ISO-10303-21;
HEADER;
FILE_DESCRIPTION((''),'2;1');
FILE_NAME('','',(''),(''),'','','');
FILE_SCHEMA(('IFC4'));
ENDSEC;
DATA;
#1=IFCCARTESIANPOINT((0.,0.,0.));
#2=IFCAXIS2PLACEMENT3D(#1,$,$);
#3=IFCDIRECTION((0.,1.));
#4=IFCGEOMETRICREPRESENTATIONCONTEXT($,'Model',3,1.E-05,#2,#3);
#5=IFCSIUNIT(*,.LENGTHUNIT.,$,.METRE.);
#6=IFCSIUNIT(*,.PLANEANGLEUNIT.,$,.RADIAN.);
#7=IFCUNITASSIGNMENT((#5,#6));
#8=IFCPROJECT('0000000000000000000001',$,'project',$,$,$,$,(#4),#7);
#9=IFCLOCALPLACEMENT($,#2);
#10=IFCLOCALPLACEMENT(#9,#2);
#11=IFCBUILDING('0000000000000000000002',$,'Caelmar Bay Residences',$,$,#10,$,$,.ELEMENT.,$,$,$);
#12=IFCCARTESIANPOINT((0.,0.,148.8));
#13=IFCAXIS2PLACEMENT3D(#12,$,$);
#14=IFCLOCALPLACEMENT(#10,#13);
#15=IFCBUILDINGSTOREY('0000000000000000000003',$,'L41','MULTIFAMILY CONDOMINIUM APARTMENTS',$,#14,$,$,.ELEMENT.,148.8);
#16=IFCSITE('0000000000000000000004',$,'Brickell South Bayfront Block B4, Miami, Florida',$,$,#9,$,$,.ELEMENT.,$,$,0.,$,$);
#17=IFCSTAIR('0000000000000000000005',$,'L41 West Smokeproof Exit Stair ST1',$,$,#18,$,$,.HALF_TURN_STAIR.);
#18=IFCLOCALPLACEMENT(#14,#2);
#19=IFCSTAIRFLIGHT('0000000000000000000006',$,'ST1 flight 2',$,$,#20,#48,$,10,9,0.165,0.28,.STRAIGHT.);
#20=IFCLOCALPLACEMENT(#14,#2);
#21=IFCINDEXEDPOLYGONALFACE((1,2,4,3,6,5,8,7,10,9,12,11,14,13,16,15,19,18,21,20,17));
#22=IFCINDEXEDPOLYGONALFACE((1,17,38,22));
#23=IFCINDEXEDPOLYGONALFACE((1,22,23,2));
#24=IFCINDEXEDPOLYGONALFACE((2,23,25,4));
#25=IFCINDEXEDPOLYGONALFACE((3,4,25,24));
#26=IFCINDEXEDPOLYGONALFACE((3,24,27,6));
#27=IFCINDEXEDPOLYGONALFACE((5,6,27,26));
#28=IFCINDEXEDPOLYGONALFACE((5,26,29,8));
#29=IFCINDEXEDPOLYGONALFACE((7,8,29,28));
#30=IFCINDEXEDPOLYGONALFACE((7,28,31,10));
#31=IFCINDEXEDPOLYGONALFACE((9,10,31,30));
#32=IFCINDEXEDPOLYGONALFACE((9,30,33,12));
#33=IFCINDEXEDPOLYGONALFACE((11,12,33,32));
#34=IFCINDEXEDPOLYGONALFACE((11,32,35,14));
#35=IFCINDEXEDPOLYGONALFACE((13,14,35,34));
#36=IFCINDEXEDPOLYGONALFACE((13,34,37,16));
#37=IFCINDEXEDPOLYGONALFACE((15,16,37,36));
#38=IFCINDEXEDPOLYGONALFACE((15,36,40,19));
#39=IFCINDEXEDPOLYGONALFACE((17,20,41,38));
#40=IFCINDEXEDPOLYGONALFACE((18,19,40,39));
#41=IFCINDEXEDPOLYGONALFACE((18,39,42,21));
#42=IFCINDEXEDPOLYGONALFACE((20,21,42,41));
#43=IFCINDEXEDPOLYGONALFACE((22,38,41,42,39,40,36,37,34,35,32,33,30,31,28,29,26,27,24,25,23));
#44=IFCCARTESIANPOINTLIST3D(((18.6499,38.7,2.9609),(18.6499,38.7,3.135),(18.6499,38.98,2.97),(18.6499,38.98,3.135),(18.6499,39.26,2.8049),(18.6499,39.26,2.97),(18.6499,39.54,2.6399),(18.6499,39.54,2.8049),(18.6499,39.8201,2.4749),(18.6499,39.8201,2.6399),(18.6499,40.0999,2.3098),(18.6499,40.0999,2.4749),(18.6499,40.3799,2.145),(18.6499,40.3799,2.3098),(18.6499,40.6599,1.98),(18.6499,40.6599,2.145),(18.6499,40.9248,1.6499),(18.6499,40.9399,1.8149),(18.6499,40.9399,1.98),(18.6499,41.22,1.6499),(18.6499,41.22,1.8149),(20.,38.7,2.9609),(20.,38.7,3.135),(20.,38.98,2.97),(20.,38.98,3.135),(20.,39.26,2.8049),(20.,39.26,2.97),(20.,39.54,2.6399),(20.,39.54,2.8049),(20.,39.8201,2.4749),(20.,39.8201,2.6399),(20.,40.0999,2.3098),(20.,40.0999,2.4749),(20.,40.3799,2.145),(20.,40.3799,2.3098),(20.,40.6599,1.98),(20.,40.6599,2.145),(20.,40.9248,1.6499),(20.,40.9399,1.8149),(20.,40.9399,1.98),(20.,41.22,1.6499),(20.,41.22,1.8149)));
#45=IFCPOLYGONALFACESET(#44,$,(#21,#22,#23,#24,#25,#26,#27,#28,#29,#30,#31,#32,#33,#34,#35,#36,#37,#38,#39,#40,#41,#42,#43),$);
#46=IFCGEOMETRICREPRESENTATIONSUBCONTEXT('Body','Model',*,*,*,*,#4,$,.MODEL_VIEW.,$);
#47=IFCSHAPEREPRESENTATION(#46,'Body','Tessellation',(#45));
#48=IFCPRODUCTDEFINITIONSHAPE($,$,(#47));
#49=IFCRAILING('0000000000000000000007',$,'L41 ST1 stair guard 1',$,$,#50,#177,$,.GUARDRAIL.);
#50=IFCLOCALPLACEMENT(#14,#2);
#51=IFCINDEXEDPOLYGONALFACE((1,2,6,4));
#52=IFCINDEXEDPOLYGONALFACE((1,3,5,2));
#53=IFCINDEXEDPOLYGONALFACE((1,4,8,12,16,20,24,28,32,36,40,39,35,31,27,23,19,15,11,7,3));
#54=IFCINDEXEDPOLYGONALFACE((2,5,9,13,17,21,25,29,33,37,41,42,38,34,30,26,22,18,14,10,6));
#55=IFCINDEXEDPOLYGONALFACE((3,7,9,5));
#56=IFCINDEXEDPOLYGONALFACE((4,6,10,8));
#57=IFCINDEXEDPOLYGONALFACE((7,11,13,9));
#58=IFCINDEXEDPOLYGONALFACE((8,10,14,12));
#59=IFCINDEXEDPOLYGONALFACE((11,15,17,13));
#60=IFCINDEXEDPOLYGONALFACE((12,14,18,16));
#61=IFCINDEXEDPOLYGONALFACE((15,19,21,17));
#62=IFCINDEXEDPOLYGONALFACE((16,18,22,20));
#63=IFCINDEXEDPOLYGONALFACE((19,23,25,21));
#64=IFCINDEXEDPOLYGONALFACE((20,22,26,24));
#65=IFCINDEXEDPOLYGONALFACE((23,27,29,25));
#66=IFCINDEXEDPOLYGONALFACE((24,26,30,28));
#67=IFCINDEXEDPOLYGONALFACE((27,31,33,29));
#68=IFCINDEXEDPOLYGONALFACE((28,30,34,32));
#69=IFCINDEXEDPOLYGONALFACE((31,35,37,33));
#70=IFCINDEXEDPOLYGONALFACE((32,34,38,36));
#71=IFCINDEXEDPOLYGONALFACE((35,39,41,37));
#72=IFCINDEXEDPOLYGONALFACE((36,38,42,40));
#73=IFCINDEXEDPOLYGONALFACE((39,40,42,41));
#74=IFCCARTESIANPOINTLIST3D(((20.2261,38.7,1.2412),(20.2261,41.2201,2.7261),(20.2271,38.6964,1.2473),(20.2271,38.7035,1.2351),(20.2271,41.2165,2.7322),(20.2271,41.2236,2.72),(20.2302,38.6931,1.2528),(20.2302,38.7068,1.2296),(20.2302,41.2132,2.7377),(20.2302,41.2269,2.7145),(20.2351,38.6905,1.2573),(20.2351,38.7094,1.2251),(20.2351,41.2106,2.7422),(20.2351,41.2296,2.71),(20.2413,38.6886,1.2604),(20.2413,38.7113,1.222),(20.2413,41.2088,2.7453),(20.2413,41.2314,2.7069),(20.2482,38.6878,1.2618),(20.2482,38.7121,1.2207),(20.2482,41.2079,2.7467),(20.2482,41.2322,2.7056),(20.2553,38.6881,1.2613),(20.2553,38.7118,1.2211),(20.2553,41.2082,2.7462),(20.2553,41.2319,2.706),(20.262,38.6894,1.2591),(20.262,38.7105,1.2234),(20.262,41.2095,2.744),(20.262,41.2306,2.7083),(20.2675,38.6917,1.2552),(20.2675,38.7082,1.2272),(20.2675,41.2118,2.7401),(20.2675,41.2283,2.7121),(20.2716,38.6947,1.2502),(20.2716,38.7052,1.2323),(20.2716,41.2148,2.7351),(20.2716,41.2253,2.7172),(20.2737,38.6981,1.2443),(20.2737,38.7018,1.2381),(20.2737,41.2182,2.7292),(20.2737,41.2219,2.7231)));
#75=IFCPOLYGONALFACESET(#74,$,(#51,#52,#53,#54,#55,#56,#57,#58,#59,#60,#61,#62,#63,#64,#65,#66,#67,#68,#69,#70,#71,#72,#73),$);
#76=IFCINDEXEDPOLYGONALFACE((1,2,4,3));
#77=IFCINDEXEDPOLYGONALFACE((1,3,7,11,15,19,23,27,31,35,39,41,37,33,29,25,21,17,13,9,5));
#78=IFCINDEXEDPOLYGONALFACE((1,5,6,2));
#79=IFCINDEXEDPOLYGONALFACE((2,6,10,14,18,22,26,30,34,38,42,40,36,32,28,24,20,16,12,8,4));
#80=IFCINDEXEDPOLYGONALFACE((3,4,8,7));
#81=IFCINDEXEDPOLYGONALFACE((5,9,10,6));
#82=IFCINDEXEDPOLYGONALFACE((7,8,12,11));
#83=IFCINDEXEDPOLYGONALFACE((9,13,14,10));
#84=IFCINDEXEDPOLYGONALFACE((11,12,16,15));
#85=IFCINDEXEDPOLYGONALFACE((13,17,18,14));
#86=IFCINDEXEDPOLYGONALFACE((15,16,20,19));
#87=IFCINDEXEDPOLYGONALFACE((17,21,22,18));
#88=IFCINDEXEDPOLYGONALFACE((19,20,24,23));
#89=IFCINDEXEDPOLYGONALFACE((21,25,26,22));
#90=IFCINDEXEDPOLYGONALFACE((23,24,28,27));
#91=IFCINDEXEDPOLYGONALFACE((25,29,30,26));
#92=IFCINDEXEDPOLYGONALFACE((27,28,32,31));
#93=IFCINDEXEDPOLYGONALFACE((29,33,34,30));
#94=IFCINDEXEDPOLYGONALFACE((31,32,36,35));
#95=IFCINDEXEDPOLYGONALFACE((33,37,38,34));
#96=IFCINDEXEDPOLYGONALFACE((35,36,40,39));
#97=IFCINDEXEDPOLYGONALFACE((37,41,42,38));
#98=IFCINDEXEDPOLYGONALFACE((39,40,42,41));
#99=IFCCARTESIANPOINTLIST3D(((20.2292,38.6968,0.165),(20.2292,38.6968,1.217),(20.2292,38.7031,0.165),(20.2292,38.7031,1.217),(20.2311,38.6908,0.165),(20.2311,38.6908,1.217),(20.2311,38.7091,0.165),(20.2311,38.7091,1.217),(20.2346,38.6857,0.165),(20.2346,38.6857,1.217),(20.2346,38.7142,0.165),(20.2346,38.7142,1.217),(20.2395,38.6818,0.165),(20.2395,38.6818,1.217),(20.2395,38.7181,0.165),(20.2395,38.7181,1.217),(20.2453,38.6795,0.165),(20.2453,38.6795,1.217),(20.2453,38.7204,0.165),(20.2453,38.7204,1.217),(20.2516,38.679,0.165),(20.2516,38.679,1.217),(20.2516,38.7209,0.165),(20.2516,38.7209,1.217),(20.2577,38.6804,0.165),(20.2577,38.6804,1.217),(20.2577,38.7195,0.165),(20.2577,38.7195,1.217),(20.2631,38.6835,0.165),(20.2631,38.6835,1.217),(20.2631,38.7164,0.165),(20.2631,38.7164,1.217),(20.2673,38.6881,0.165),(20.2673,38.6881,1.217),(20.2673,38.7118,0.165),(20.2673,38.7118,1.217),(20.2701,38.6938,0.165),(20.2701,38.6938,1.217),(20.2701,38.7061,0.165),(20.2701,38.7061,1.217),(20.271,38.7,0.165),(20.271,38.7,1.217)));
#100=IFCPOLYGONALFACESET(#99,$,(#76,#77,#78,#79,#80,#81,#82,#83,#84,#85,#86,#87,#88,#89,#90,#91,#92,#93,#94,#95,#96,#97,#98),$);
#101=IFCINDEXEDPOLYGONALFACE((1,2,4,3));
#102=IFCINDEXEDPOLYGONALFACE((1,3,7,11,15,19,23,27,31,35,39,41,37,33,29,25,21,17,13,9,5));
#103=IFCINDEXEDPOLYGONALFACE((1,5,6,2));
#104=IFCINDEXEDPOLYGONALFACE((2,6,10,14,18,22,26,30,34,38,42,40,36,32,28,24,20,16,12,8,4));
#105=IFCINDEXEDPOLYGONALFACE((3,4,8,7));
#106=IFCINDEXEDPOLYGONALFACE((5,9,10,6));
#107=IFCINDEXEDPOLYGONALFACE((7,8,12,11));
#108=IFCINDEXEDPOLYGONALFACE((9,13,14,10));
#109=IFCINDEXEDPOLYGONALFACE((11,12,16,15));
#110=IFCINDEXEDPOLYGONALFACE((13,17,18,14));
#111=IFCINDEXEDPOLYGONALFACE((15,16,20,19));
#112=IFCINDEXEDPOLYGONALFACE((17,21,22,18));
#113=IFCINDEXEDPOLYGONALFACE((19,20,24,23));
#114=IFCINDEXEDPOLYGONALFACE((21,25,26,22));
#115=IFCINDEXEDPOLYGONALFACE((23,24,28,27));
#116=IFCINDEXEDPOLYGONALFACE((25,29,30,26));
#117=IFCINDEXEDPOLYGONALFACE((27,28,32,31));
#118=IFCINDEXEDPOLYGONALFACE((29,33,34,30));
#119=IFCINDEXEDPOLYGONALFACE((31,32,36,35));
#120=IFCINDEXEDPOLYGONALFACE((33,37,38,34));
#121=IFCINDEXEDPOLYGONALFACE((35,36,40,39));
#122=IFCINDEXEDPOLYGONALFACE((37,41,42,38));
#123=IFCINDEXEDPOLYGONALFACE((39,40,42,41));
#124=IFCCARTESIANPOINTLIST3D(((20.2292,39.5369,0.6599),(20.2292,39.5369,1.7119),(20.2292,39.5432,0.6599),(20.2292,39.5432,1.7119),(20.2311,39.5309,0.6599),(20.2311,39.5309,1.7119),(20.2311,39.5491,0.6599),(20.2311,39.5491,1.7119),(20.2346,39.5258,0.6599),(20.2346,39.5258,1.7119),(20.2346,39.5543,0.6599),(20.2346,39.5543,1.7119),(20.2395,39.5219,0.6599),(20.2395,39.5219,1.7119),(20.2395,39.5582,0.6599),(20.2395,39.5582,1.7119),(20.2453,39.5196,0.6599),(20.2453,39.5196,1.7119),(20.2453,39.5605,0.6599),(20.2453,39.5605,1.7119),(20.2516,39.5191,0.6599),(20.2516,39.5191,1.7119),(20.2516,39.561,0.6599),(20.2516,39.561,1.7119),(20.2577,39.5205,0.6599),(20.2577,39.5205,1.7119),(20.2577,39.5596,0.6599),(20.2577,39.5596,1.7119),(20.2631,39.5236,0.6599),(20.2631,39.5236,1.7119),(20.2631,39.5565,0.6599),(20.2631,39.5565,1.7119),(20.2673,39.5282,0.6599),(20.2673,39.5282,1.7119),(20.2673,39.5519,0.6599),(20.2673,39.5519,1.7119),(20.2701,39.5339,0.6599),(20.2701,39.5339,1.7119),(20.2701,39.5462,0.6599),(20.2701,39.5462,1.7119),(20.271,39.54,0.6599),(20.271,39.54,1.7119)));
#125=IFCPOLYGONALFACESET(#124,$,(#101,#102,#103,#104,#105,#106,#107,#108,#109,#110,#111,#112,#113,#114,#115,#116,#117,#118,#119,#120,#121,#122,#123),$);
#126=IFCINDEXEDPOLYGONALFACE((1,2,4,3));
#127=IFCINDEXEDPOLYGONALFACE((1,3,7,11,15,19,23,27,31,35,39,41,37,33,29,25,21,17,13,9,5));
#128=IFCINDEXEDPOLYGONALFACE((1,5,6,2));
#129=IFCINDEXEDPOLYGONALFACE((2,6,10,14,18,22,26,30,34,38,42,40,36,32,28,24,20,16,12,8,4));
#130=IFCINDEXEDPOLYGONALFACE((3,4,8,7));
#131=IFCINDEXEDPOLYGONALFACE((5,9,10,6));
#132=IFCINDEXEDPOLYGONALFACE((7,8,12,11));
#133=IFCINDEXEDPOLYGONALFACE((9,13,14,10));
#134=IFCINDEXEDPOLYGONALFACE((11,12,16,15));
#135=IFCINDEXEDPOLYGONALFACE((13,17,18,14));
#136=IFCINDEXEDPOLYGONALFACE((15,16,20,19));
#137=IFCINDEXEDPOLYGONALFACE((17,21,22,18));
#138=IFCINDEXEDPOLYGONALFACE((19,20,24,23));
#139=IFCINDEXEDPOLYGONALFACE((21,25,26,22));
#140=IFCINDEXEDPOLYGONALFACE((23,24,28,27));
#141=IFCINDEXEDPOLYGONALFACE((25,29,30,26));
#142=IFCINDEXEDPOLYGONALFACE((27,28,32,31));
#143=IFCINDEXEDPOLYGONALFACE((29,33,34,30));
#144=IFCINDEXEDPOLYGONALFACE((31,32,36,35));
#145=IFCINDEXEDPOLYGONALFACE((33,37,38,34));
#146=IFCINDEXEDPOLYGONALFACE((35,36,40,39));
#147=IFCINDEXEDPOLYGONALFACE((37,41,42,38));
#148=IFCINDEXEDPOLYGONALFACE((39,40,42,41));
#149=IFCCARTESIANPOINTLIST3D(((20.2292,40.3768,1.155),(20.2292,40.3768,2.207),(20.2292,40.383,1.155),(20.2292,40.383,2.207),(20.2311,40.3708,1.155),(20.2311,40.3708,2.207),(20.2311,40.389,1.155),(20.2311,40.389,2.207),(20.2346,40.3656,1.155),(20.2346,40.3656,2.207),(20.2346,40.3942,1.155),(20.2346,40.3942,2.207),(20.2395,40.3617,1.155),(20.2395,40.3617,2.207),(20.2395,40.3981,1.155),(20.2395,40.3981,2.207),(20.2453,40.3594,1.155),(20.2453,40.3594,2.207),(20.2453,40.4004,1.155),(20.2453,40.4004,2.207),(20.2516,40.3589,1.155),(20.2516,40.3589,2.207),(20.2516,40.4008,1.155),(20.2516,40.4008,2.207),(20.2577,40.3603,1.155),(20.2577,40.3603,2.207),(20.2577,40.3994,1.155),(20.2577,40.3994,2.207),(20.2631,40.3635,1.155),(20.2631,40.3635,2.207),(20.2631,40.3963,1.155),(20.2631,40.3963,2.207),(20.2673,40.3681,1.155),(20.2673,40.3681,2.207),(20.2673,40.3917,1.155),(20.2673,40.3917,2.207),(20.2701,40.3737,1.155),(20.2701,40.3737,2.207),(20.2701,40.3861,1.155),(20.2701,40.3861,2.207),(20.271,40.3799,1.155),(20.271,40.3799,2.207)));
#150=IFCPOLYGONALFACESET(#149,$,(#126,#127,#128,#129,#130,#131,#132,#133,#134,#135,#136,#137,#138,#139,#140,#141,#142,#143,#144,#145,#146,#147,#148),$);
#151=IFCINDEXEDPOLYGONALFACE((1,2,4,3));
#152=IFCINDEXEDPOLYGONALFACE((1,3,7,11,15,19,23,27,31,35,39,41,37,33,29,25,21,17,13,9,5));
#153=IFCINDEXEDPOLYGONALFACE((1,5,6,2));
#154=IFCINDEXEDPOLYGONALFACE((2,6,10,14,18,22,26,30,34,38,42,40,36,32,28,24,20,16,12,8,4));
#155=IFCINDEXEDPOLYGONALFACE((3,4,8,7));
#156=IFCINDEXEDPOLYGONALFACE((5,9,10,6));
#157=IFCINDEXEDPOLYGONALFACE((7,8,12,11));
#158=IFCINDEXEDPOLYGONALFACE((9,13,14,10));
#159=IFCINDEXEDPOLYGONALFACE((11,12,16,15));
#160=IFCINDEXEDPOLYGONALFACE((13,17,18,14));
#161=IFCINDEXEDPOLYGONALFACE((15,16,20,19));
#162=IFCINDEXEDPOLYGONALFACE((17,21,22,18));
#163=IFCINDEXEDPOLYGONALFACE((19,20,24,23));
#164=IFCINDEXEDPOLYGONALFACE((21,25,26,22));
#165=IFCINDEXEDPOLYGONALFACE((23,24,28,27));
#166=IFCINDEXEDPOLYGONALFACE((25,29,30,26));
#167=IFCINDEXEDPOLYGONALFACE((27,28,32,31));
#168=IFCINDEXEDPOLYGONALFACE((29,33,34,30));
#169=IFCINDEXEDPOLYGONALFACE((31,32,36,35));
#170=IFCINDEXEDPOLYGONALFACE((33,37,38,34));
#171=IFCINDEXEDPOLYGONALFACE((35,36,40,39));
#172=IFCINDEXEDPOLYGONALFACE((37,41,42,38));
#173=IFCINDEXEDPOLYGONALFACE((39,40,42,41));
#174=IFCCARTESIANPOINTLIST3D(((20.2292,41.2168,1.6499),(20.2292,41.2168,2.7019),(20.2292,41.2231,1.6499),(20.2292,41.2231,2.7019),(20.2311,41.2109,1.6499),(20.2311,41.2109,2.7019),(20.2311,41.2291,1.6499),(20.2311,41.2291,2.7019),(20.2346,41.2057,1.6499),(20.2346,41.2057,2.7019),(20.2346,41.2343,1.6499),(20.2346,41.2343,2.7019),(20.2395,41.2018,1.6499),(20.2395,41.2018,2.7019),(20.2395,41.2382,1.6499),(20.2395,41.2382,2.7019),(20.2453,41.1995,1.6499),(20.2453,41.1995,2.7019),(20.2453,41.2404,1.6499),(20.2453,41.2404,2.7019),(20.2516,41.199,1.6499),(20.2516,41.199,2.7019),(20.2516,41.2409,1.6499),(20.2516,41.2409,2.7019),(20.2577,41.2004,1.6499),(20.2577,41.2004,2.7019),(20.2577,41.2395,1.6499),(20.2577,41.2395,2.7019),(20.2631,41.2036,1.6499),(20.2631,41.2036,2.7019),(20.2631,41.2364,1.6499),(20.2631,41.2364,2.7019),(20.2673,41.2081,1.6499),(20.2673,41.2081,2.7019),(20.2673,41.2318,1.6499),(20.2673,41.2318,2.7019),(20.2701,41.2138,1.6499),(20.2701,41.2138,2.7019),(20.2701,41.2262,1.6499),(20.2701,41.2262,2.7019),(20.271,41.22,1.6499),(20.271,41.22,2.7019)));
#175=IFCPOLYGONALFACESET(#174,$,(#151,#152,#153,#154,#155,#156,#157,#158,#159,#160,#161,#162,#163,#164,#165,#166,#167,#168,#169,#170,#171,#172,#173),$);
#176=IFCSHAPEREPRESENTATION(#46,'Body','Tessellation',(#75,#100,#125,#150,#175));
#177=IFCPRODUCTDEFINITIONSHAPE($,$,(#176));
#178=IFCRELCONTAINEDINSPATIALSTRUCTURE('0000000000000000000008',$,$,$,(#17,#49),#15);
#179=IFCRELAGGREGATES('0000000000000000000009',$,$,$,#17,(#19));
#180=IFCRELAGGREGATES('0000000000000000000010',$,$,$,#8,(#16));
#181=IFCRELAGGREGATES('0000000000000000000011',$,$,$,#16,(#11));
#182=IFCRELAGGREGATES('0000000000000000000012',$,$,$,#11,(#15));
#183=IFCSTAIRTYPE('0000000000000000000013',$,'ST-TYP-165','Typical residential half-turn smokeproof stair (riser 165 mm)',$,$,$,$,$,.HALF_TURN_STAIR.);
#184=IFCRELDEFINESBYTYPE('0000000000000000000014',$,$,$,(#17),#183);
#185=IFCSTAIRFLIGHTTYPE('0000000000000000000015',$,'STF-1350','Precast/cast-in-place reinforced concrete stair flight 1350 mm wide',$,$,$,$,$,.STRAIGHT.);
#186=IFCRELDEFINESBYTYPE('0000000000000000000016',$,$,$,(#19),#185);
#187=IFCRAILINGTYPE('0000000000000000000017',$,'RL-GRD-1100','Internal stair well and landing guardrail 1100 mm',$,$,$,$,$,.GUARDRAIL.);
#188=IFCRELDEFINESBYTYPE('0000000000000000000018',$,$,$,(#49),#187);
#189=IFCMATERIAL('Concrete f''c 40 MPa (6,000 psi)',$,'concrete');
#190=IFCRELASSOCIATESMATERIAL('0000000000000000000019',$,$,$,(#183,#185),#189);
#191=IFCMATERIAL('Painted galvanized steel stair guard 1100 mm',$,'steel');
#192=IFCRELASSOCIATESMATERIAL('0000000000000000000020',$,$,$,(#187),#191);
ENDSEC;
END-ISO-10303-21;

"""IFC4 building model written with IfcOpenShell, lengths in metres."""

from ifc_helpers import new_model, si_unit, direction, frame, origin, origin_2d, place, context, subcontext, project, spatial, polyline, circle, outline, extrude, material, type_object, element, aggregate, save


model = new_model("IFC4")

# Units and contexts
model_context = context("Model", 3, precision=1e-05, world=origin(), true_north=direction((0.0, 1.0)))
body_context = subcontext(model_context, "Body", "Model", "MODEL_VIEW")
ifc_project = project(units=[si_unit("LENGTHUNIT", "METRE"), si_unit("PLANEANGLEUNIT", "RADIAN")], contexts=[model_context])

# Site, building, storey
site_placement = place(None, origin())
site = spatial("IfcSite", under=ifc_project, at=site_placement, Name="Brickell South Bayfront Block B4, Miami, Florida", CompositionType="ELEMENT", RefElevation=0.0)
building_placement = place(site_placement, origin())
building = spatial("IfcBuilding", under=site, at=building_placement, Name="Caelmar Bay Residences", CompositionType="ELEMENT")
storey_placement = place(building_placement, frame((0.0, 0.0, 148.8)))
storey = spatial("IfcBuildingStorey", under=building, at=storey_placement, Name="L41", Description="MULTIFAMILY CONDOMINIUM APARTMENTS", CompositionType="ELEMENT", Elevation=148.8)

# Stair, stair flight
ifc_material_1 = material(Name="Concrete f'c 40 MPa (6,000 psi)", Category="concrete")
stair_type = type_object("IfcStairType", Name="ST-TYP-165", Description="Typical residential half-turn smokeproof stair (riser 165 mm)", PredefinedType="HALF_TURN_STAIR", material=ifc_material_1)
stair_placement = place(storey_placement, origin())
stair = element("IfcStair", 1, at=stair_placement, inside=storey, type_object=stair_type, Name="L41 West Smokeproof Exit Stair ST1", PredefinedType="HALF_TURN_STAIR")
stair_flight_type = type_object("IfcStairFlightType", Name="STF-1350", Description="Precast/cast-in-place reinforced concrete stair flight 1350 mm wide", PredefinedType="STRAIGHT", material=ifc_material_1)
stair_flight_1_placement = place(storey_placement, frame((19.325, 41.22, 1.6499), z_axis=(0.0, 0.0, 1.0), x_axis=(0.0, -1.0, 0.0)))
stair_flight_1 = element("IfcStairFlight", 2, at=stair_flight_1_placement, type_object=stair_flight_type, Name="ST1 flight 2", NumberOfRisers=10, NumberOfTreads=9, PredefinedType="STRAIGHT", RiserHeight=0.165, TreadLength=0.28, context=body_context, shape_type="SweptSolid", body=[
    extrude(outline(polyline([(0.0, 0.0), (0.0, 0.165), (0.28, 0.165), (0.28, 0.3301), (0.5601, 0.3301), (0.5601, 0.4951), (0.8401, 0.4951), (0.8401, 0.6599), (1.1201, 0.6599), (1.1201, 0.825), (1.3999, 0.825), (1.3999, 0.99), (1.6799, 0.99), (1.6799, 1.155), (1.96, 1.155), (1.96, 1.3201), (2.24, 1.3201), (2.24, 1.4851), (2.52, 1.4851), (2.52, 1.6499), (2.52, 1.311), (0.2952, 0.0), (0.0, 0.0)])), frame((0.0, 0.675, 0.0), z_axis=(0.0, -1.0, 0.0), x_axis=(1.0, 0.0, 0.0)), (0.0, 0.0, 1.0), 1.3501),
])
aggregate(stair, [stair_flight_1])

# Railing
ifc_material_2 = material(Name="Painted galvanized steel stair guard 1100 mm", Category="steel")
railing_type_1 = type_object("IfcRailingType", Name="RL-GRD-1100", Description="Internal stair well and landing guardrail 1100 mm", PredefinedType="GUARDRAIL", material=ifc_material_2)
railing_1_placement = place(storey_placement, frame((20.25, 38.7, 0.165)))
element("IfcRailing", 3, at=railing_1_placement, inside=storey, type_object=railing_type_1, Name="L41 ST1 stair guard 1", PredefinedType="GUARDRAIL", context=body_context, shape_type="SweptSolid", body=[
    extrude(circle(Radius=0.0239, at=origin_2d()), frame((0.0, 0.0, 1.0762), z_axis=(0.0, 0.861561, 0.507655), x_axis=(-1.0, 0.0, 0.0)), (0.0, 0.0, 1.0), 2.925),
    extrude(circle(Radius=0.021, at=origin_2d()), origin(), (0.0, 0.0, 1.0), 1.052),
    extrude(circle(Radius=0.021, at=origin_2d()), frame((0.0, 0.8401, 0.4949)), (0.0, 0.0, 1.0), 1.052),
    extrude(circle(Radius=0.021, at=origin_2d()), frame((0.0, 1.6799, 0.99)), (0.0, 0.0, 1.0), 1.052),
    extrude(circle(Radius=0.021, at=origin_2d()), frame((0.0, 2.52, 1.4849)), (0.0, 0.0, 1.0), 1.052),
])

save(model, "model.ifc")
